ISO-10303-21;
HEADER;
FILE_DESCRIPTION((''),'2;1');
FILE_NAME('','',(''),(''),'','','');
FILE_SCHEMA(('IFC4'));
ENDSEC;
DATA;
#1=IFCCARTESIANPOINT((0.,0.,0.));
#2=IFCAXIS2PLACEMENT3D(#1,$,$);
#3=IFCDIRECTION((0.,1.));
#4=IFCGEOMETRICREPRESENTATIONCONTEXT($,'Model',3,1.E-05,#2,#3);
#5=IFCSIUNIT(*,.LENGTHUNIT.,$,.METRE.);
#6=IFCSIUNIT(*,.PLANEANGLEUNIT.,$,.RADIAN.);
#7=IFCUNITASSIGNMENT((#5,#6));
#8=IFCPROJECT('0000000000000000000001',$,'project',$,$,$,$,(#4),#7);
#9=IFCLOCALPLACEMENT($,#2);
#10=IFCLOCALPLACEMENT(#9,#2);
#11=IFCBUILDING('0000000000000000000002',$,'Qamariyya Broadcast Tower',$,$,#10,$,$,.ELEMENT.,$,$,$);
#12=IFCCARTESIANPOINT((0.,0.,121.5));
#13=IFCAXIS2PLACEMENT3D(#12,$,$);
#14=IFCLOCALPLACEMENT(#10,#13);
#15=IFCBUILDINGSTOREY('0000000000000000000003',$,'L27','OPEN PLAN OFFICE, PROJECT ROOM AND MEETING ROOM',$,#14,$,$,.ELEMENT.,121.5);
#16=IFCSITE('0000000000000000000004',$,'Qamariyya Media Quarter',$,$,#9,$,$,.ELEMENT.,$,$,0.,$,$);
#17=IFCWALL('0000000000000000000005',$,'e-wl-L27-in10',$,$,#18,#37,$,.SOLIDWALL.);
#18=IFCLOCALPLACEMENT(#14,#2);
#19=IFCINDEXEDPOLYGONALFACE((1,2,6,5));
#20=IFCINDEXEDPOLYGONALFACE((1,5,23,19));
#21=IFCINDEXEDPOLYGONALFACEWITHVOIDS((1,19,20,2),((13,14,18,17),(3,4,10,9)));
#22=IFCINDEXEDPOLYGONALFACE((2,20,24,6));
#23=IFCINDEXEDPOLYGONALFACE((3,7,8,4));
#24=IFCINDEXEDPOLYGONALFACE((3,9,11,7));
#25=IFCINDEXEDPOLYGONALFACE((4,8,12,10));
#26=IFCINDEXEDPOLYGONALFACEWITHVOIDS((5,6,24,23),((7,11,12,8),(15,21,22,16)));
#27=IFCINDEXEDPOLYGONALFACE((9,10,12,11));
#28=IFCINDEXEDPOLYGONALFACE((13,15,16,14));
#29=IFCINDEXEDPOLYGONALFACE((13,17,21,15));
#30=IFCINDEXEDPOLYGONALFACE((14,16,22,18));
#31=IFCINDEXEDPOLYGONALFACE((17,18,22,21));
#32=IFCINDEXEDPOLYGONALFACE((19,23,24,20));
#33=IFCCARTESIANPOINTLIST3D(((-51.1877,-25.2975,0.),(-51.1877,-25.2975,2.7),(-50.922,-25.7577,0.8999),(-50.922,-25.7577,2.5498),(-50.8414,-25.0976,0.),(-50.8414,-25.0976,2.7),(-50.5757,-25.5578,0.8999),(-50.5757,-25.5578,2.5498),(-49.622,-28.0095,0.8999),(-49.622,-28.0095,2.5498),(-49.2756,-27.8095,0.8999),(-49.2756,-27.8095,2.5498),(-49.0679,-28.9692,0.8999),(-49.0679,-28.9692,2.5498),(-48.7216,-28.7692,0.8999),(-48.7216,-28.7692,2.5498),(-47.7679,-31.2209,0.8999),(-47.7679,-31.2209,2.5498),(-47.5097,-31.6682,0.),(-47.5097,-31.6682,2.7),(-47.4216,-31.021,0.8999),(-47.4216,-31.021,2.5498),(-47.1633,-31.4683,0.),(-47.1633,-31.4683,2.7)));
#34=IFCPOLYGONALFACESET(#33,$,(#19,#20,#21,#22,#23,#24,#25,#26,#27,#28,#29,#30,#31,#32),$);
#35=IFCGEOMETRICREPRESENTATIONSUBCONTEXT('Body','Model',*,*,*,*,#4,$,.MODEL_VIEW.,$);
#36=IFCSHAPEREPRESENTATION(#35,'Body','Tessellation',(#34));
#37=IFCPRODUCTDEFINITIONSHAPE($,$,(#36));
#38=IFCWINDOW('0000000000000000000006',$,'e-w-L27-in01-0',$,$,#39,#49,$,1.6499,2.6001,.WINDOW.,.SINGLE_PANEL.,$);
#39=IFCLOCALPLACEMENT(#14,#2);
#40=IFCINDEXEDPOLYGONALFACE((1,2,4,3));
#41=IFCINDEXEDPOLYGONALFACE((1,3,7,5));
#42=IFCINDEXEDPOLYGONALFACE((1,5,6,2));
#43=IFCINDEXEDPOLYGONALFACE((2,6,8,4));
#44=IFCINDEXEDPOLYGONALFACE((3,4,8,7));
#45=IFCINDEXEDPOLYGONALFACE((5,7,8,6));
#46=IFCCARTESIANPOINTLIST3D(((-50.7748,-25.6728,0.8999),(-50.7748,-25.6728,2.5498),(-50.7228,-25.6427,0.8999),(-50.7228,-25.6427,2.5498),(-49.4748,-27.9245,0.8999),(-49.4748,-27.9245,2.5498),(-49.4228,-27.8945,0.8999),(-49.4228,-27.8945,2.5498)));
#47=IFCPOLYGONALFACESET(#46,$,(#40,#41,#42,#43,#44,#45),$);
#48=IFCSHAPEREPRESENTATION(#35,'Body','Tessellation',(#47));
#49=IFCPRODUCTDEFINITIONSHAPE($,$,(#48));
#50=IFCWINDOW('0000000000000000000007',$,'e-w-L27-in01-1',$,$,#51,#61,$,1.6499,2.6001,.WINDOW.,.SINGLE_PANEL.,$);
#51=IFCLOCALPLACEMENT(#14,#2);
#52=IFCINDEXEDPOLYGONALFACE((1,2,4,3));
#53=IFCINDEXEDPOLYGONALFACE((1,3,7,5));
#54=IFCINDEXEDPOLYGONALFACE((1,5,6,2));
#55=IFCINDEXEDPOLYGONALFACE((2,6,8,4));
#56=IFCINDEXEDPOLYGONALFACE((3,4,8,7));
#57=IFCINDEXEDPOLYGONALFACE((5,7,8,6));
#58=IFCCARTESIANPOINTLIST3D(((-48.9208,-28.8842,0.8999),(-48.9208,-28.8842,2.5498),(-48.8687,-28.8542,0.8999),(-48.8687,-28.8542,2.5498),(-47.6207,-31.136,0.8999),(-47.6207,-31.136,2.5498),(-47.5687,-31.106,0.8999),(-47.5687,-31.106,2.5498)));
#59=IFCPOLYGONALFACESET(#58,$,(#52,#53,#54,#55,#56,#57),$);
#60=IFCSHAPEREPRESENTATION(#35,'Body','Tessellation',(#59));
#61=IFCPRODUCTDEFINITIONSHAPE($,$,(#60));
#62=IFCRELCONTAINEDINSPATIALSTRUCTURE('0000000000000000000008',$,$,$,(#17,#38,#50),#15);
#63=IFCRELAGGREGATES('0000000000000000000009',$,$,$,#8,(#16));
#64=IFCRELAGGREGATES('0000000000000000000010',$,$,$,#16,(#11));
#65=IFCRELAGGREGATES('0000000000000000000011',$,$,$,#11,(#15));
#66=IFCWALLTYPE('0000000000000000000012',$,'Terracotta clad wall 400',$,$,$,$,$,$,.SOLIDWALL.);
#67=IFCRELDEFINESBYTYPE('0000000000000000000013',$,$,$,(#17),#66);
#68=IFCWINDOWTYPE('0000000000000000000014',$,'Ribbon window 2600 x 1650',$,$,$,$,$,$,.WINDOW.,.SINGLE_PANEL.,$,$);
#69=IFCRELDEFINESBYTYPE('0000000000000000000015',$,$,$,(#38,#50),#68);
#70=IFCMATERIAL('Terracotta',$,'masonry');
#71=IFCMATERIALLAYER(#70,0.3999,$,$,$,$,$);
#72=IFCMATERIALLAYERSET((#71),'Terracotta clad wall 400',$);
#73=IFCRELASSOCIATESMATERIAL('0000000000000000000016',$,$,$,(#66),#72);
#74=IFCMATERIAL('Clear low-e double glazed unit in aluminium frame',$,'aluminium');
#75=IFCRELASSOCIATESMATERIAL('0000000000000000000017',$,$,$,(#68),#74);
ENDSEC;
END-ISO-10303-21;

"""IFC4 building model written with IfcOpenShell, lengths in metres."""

from ifc_helpers import new_model, si_unit, direction, frame, frame_2d, origin, place, context, subcontext, project, spatial, rectangle, extrude, material, layer, layer_set, type_object, element, fill, save


model = new_model("IFC4")

# Units and contexts
model_context = context("Model", 3, precision=1e-05, world=origin(), true_north=direction((0.0, 1.0)))
body_context = subcontext(model_context, "Body", "Model", "MODEL_VIEW")
ifc_project = project(units=[si_unit("LENGTHUNIT", "METRE"), si_unit("PLANEANGLEUNIT", "RADIAN")], contexts=[model_context])

# Site, building, storey
site_placement = place(None, origin())
site = spatial("IfcSite", under=ifc_project, at=site_placement, Name="Qamariyya Media Quarter", CompositionType="ELEMENT", RefElevation=0.0)
building_placement = place(site_placement, origin())
building = spatial("IfcBuilding", under=site, at=building_placement, Name="Qamariyya Broadcast Tower", CompositionType="ELEMENT")
storey_placement = place(building_placement, frame((0.0, 0.0, 121.5)))
storey = spatial("IfcBuildingStorey", under=building, at=storey_placement, Name="L27", Description="OPEN PLAN OFFICE, PROJECT ROOM AND MEETING ROOM", CompositionType="ELEMENT", Elevation=121.5)

# Shared definitions
ifc_material_1 = material(Name="Terracotta", Category="masonry")
ifc_layer = layer(ifc_material_1, 0.3999)
ifc_layer_set = layer_set([ifc_layer], Name="Terracotta clad wall 400")
wall_type = type_object("IfcWallType", Name="Terracotta clad wall 400", PredefinedType="SOLIDWALL", material=ifc_layer_set)
ifc_material_2 = material(Name="Clear low-e double glazed unit in aluminium frame", Category="aluminium")

# Wall, openings, windows
wall_1_placement = place(storey_placement, frame((-47.3364, -31.5684, 0.0), z_axis=(0.0, 0.0, 1.0), x_axis=(-0.499991, 0.866031, 0.0)))
wall_1 = element("IfcWall", 1, at=wall_1_placement, inside=storey, type_object=wall_type, Name="e-wl-L27-in10", PredefinedType="SOLIDWALL", context=body_context, shape_type="SweptSolid", body=[
    extrude(rectangle(XDim=7.3562, YDim=0.3999, at=frame_2d((3.6782, 0.0))), origin(), (0.0, 0.0, 1.0), 2.7),
])
opening_1_placement = place(wall_1_placement, frame((4.2249, 0.0, 0.8999)))
opening_1 = element("IfcOpeningElement", 2, at=opening_1_placement, cuts=wall_1, PredefinedType="OPENING", context=body_context, shape_type="SweptSolid", body=[
    extrude(rectangle(XDim=2.6001, YDim=1.6499, at=frame_2d((1.3, 0.825))), frame((0.0, 0.21, 0.0), z_axis=(0.0, -1.0, 0.0), x_axis=(1.0, 0.0, 0.0)), (0.0, 0.0, 1.0), 0.4199),
])
opening_2_placement = place(wall_1_placement, frame((0.5166, 0.0, 0.8999)))
opening_2 = element("IfcOpeningElement", 3, at=opening_2_placement, cuts=wall_1, PredefinedType="OPENING", context=body_context, shape_type="SweptSolid", body=[
    extrude(rectangle(XDim=2.6001, YDim=1.6499, at=frame_2d((1.3, 0.825))), frame((0.0, 0.21, 0.0), z_axis=(0.0, -1.0, 0.0), x_axis=(1.0, 0.0, 0.0)), (0.0, 0.0, 1.0), 0.4199),
])
window_type_1 = type_object("IfcWindowType", Name="Ribbon window 2600 x 1650", PartitioningType="SINGLE_PANEL", PredefinedType="WINDOW", material=ifc_material_2)
window_1_placement = place(opening_1_placement, origin())
window_1 = element("IfcWindow", 4, at=window_1_placement, inside=storey, type_object=window_type_1, Name="e-w-L27-in01-0", OverallHeight=1.6499, OverallWidth=2.6001, PartitioningType="SINGLE_PANEL", PredefinedType="WINDOW", context=body_context, shape_type="SweptSolid", body=[
    extrude(rectangle(XDim=2.6001, YDim=1.6499, at=frame_2d((1.3, 0.825))), frame((0.0, 0.03, 0.0), z_axis=(0.0, -1.0, 0.0), x_axis=(1.0, 0.0, 0.0)), (0.0, 0.0, 1.0), 0.0601),
])
fill(opening_1, window_1)
window_2_placement = place(opening_2_placement, origin())
window_2 = element("IfcWindow", 5, at=window_2_placement, inside=storey, type_object=window_type_1, Name="e-w-L27-in01-1", OverallHeight=1.6499, OverallWidth=2.6001, PartitioningType="SINGLE_PANEL", PredefinedType="WINDOW", context=body_context, shape_type="SweptSolid", body=[
    extrude(rectangle(XDim=2.6001, YDim=1.6499, at=frame_2d((1.3, 0.825))), frame((0.0, 0.03, 0.0), z_axis=(0.0, -1.0, 0.0), x_axis=(1.0, 0.0, 0.0)), (0.0, 0.0, 1.0), 0.0601),
])
fill(opening_2, window_2)

save(model, "model.ifc")
